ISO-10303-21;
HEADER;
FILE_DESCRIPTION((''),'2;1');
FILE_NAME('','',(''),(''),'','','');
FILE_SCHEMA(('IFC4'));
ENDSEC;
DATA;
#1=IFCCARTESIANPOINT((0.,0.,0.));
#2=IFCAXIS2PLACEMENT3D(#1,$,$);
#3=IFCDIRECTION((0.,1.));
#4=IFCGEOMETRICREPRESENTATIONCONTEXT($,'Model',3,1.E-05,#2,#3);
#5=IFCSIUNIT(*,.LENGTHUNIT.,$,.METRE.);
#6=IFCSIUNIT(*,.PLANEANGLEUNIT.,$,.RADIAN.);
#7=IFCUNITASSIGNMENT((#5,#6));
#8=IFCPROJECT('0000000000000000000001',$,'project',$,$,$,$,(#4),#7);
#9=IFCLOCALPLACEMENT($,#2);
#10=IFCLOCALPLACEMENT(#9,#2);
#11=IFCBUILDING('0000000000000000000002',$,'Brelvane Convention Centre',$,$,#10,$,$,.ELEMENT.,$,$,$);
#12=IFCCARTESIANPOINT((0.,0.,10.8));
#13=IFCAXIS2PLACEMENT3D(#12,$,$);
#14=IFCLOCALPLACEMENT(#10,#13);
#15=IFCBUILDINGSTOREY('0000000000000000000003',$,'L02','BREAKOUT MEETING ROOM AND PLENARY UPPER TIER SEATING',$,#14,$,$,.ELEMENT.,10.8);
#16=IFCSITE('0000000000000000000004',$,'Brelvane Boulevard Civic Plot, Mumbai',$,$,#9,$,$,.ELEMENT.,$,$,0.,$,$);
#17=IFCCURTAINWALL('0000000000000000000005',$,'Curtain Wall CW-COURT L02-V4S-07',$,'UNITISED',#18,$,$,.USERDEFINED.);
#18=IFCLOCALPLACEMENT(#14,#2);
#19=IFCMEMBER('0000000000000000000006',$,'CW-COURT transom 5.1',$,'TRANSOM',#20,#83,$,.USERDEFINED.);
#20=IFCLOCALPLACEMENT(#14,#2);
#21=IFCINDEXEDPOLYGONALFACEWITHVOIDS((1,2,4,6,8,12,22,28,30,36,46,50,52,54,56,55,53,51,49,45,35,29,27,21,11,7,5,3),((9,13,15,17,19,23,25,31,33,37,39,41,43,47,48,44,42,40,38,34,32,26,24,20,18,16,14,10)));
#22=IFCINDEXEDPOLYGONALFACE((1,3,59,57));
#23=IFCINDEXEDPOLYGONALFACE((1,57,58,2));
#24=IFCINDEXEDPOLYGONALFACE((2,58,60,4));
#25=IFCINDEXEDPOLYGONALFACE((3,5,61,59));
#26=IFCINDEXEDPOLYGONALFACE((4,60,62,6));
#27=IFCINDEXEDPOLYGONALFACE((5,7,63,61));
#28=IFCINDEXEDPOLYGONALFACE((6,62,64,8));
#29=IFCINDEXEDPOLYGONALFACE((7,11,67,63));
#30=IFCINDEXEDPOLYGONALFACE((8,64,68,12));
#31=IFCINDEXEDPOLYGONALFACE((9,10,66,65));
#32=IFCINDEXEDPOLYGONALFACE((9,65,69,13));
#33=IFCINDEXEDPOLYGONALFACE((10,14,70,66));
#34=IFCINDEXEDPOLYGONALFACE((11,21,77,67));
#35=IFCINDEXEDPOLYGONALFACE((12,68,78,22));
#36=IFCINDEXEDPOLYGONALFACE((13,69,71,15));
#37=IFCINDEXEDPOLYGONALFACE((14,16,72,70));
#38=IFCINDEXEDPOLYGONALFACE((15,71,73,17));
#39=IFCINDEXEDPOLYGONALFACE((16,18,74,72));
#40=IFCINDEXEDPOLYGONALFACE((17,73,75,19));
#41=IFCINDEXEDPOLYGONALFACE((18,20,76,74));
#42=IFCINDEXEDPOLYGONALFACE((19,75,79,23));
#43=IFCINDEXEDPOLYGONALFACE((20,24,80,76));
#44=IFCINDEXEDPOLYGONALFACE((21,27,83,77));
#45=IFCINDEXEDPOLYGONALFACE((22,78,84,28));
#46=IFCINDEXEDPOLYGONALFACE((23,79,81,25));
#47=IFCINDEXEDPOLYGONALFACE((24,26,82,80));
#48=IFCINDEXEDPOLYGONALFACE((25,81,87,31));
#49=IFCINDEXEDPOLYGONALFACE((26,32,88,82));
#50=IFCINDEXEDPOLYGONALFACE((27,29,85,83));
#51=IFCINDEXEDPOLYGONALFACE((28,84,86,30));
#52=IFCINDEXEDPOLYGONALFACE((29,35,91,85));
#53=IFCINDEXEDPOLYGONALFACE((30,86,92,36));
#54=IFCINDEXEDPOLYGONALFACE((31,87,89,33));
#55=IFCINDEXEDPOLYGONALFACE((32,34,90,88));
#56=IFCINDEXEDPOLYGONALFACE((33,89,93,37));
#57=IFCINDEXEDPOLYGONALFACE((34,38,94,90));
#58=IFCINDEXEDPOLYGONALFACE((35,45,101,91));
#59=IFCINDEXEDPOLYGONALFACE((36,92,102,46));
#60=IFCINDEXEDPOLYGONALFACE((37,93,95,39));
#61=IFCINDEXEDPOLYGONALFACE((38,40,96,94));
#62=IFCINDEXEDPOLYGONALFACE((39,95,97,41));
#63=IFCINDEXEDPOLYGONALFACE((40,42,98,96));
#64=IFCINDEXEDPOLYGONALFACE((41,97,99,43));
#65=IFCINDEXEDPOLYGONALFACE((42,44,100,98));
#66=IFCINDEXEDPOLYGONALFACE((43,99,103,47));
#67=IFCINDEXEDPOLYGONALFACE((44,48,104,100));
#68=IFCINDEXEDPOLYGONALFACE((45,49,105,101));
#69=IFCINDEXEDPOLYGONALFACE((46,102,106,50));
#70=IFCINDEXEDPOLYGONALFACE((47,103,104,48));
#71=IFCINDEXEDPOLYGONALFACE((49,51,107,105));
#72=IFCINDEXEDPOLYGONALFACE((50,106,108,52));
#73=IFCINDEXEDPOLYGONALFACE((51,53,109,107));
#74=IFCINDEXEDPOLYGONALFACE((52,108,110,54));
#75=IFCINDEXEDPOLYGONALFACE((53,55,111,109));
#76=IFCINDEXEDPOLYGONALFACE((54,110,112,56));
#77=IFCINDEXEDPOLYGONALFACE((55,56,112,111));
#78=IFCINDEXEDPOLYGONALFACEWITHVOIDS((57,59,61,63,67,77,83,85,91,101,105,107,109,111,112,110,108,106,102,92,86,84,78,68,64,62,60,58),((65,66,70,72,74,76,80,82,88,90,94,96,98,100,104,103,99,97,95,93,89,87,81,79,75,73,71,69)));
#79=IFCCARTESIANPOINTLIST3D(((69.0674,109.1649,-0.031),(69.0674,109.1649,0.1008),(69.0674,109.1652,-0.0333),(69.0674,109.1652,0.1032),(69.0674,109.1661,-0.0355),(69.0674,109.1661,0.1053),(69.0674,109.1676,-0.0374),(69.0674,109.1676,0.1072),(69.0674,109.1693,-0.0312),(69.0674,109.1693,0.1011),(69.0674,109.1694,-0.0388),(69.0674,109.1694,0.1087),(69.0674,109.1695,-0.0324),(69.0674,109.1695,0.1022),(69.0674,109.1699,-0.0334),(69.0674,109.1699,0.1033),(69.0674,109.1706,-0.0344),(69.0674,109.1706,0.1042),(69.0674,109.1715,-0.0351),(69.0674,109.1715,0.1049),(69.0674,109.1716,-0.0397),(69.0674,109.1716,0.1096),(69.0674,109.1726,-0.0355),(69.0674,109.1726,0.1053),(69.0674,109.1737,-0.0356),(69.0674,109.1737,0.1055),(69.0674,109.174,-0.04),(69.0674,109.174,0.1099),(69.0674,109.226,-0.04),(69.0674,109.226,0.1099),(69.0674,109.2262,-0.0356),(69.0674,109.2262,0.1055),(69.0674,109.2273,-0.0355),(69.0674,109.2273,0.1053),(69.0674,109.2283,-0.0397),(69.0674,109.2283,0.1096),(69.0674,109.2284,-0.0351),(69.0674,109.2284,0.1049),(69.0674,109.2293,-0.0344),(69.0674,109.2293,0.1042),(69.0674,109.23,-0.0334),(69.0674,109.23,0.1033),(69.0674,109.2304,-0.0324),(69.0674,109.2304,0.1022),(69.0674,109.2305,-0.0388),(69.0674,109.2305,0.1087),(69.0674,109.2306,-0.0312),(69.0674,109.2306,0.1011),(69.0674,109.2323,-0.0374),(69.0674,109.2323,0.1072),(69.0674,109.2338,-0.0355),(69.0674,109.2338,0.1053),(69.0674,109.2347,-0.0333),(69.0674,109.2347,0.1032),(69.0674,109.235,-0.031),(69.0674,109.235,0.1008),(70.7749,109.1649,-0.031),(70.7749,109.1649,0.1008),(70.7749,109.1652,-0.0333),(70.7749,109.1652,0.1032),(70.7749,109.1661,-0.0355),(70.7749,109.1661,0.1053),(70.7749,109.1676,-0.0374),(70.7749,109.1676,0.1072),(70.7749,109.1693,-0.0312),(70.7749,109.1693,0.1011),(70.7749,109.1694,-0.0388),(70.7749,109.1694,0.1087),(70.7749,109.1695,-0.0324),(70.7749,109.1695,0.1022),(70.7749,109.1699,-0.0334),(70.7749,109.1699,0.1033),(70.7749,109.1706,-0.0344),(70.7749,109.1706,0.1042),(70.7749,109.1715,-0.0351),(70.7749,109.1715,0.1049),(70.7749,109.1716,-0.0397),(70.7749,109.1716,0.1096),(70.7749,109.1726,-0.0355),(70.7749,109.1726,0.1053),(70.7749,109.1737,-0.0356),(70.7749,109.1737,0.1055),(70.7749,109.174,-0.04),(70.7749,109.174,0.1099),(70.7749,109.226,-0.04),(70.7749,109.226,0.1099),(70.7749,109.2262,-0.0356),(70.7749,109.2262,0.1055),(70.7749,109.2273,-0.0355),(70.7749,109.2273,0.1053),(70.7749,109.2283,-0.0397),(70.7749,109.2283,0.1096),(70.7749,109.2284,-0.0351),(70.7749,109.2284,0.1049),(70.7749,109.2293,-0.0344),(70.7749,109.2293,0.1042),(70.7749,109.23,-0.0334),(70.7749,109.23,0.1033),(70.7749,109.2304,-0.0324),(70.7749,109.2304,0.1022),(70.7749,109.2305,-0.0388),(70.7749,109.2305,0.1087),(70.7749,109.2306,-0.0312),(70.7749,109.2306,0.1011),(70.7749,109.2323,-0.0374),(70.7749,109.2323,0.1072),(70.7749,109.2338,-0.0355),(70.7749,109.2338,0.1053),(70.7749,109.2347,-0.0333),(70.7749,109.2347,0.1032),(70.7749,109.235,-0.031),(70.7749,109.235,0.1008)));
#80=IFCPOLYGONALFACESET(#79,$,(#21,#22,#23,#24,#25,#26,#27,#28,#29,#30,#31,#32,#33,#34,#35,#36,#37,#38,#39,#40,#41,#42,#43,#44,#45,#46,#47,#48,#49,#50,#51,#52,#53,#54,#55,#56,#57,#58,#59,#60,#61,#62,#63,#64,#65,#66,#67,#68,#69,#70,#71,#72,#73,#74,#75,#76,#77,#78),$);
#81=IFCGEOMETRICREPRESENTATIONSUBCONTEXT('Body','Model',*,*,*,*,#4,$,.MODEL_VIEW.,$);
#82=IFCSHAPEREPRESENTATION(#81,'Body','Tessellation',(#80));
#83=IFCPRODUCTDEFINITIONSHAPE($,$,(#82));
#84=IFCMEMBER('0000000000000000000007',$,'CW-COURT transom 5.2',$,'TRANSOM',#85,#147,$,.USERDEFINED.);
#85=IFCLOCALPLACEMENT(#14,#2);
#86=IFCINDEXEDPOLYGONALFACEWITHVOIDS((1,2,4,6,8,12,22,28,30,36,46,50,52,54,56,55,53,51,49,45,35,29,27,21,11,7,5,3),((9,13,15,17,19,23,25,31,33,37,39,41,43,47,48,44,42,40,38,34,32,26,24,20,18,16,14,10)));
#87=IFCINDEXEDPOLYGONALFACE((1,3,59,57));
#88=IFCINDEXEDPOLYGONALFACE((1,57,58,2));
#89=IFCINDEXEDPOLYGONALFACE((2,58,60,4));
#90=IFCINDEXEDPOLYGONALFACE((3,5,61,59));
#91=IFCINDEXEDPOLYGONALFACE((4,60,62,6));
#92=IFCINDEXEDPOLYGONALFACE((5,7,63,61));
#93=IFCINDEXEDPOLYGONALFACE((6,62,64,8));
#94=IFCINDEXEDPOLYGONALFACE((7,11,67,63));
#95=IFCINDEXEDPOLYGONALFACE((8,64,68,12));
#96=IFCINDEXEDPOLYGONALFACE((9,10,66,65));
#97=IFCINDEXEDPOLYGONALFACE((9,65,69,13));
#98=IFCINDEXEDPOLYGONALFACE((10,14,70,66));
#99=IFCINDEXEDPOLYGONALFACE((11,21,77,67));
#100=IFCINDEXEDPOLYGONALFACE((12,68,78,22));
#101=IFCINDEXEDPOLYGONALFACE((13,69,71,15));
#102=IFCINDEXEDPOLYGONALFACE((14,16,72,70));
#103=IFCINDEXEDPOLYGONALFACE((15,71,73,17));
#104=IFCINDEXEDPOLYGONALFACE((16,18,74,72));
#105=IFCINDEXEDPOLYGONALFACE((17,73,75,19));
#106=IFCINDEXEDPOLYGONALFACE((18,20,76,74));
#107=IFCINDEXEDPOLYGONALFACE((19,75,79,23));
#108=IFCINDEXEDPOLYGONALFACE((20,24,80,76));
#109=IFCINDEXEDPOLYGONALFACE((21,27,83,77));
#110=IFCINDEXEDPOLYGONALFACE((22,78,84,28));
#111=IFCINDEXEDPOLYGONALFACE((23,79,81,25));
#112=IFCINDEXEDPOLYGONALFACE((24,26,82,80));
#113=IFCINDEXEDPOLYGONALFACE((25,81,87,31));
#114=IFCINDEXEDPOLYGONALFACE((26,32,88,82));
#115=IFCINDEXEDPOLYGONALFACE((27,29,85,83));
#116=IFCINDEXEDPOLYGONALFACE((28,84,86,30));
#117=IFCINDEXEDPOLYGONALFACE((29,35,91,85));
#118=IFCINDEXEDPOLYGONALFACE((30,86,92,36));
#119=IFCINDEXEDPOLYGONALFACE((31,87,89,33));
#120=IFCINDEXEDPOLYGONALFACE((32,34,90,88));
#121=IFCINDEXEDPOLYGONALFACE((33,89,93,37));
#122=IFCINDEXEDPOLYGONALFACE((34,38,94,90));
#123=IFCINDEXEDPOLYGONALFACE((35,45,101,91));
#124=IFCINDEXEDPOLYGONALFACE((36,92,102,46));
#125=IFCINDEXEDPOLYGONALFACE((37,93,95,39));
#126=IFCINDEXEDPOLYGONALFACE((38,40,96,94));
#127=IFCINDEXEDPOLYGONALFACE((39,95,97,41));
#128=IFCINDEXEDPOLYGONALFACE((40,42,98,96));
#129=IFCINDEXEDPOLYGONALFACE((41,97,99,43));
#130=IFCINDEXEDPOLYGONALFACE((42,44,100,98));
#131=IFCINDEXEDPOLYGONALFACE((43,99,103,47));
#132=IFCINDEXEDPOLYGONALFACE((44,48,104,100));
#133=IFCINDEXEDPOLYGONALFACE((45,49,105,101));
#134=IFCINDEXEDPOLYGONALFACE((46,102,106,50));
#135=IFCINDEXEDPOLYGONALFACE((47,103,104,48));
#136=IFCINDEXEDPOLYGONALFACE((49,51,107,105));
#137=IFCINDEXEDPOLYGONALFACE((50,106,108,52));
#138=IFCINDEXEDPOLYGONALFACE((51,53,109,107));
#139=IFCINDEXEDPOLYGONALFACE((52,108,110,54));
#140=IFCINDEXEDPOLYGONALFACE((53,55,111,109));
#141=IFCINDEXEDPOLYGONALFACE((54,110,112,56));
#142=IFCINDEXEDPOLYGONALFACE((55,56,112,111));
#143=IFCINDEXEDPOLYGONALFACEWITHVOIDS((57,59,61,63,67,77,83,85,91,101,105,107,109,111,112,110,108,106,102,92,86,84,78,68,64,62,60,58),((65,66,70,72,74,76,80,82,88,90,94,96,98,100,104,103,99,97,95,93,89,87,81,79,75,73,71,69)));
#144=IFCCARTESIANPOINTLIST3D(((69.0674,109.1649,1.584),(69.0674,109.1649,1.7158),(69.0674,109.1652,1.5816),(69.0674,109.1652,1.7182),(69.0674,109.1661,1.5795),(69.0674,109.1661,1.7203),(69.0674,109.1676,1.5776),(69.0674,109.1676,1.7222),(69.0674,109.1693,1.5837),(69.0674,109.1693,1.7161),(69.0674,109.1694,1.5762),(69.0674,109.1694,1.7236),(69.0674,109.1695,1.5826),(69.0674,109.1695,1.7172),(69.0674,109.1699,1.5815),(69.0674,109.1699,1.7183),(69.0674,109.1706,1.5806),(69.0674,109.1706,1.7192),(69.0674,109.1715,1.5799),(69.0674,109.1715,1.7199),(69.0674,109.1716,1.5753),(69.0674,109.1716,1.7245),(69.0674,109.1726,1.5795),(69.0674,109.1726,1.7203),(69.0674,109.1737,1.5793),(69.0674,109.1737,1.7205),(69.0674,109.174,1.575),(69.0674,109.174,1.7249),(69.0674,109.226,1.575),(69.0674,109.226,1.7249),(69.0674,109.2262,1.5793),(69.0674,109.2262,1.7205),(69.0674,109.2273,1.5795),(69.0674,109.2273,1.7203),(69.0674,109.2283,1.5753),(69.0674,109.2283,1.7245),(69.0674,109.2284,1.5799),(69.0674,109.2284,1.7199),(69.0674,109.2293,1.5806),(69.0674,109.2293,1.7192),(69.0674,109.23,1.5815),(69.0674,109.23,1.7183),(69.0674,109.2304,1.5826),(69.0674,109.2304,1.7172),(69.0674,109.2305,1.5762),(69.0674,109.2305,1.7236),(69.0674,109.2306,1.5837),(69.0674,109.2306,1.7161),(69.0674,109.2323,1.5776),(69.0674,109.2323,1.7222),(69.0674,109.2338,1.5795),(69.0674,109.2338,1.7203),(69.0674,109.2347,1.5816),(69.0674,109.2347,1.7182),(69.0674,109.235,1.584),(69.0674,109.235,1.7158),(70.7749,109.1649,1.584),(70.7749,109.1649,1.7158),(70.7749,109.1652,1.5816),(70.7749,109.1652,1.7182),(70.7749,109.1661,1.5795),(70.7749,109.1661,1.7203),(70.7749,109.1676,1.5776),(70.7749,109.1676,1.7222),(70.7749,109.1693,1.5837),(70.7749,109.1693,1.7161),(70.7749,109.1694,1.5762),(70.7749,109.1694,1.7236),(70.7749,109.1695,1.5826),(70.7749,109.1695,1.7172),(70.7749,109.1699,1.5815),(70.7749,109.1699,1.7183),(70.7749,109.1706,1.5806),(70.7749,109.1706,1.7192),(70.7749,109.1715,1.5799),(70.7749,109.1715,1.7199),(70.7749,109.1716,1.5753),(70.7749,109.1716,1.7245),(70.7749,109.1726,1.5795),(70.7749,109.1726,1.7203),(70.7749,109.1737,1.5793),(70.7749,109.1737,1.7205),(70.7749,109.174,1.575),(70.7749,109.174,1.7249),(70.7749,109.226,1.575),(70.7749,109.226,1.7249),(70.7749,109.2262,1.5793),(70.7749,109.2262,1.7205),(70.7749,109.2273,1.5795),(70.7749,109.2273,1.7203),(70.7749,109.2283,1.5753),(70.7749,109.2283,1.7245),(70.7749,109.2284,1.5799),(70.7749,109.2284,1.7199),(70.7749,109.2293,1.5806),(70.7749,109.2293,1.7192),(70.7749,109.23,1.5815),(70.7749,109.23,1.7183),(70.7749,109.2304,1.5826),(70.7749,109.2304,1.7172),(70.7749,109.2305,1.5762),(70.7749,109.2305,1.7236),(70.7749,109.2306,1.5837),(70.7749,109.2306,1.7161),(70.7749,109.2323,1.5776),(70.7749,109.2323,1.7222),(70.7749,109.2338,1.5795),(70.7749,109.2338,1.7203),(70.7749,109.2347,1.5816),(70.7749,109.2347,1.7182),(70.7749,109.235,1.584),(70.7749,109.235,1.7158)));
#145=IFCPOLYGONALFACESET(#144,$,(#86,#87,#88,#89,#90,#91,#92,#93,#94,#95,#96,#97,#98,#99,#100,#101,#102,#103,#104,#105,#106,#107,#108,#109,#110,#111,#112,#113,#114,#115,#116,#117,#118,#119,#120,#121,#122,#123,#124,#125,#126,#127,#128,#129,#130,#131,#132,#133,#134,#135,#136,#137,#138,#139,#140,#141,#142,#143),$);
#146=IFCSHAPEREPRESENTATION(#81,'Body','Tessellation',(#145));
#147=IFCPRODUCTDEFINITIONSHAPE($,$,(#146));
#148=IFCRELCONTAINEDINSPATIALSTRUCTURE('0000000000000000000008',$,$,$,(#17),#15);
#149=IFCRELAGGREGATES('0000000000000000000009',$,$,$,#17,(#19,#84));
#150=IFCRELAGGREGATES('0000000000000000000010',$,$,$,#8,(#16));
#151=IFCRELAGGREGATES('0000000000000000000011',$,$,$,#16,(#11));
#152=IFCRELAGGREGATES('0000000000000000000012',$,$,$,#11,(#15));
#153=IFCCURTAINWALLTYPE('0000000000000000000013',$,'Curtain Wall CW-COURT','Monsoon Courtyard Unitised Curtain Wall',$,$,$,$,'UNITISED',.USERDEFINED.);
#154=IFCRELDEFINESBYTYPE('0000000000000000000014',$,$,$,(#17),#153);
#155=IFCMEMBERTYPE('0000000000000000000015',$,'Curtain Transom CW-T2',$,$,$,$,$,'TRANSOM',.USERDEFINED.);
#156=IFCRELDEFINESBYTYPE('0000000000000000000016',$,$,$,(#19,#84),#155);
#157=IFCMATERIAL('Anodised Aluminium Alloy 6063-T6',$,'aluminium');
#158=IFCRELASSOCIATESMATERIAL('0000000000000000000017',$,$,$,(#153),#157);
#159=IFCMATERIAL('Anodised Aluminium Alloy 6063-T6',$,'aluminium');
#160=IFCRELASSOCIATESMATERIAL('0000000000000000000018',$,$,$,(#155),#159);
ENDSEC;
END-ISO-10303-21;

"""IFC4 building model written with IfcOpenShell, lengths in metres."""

from ifc_helpers import new_model, si_unit, direction, frame, origin, origin_2d, place, context, subcontext, project, spatial, hollow_rectangle, extrude, material, material_profile, profile_set, type_object, element, aggregate, save


model = new_model("IFC4")

# Units and contexts
model_context = context("Model", 3, precision=1e-05, world=origin(), true_north=direction((0.0, 1.0)))
body_context = subcontext(model_context, "Body", "Model", "MODEL_VIEW")
ifc_project = project(units=[si_unit("LENGTHUNIT", "METRE"), si_unit("PLANEANGLEUNIT", "RADIAN")], contexts=[model_context])

# Site, building, storey
site_placement = place(None, origin())
site = spatial("IfcSite", under=ifc_project, at=site_placement, Name="Brelvane Boulevard Civic Plot, Mumbai", CompositionType="ELEMENT", RefElevation=0.0)
building_placement = place(site_placement, origin())
building = spatial("IfcBuilding", under=site, at=building_placement, Name="Brelvane Convention Centre", CompositionType="ELEMENT")
storey_placement = place(building_placement, frame((0.0, 0.0, 10.8)))
storey = spatial("IfcBuildingStorey", under=building, at=storey_placement, Name="L02", Description="BREAKOUT MEETING ROOM AND PLENARY UPPER TIER SEATING", CompositionType="ELEMENT", Elevation=10.8)

# Curtain wall, members
ifc_material_1 = material(Name="Anodised Aluminium Alloy 6063-T6", Category="aluminium")
curtain_wall_type = type_object("IfcCurtainWallType", Name="Curtain Wall CW-COURT", Description="Monsoon Courtyard Unitised Curtain Wall", ElementType="UNITISED", PredefinedType="USERDEFINED", material=ifc_material_1)
curtain_wall_placement = place(storey_placement, origin())
curtain_wall = element("IfcCurtainWall", 1, at=curtain_wall_placement, inside=storey, type_object=curtain_wall_type, Name="Curtain Wall CW-COURT L02-V4S-07", ObjectType="UNITISED", PredefinedType="USERDEFINED")
ifc_material_2 = material(Name="Anodised Aluminium Alloy 6063-T6", Category="aluminium")
ifc_material_profile_1 = material_profile(ifc_material_2, hollow_rectangle(XDim=0.0701, YDim=0.1499, WallThickness=0.0044, InnerFilletRadius=0.0044, OuterFilletRadius=0.009, at=origin_2d()), Name="ALU-T 150x70x4.5")
ifc_profile_set_1 = profile_set([ifc_material_profile_1], Name="Anodised Aluminium Alloy 6063-T6")
member_type_1 = type_object("IfcMemberType", Name="Curtain Transom CW-T2", ElementType="TRANSOM", PredefinedType="USERDEFINED", material=ifc_profile_set_1)
member_1_placement = place(storey_placement, frame((69.0674, 109.2, 0.0349), z_axis=(1.0, 0.0, 0.0), x_axis=(0.0, 1.0, 0.0)))
member_1 = element("IfcMember", 2, at=member_1_placement, type_object=member_type_1, Name="CW-COURT transom 5.1", ObjectType="TRANSOM", PredefinedType="USERDEFINED", context=body_context, shape_type="SweptSolid", body=[
    extrude(hollow_rectangle(XDim=0.0701, YDim=0.1499, WallThickness=0.0044, InnerFilletRadius=0.0044, OuterFilletRadius=0.009, at=origin_2d()), origin(), (0.0, 0.0, 1.0), 1.7075),
])
member_2_placement = place(storey_placement, frame((69.0674, 109.2, 1.6499), z_axis=(1.0, 0.0, 0.0), x_axis=(0.0, 1.0, 0.0)))
member_2 = element("IfcMember", 3, at=member_2_placement, type_object=member_type_1, Name="CW-COURT transom 5.2", ObjectType="TRANSOM", PredefinedType="USERDEFINED", context=body_context, shape_type="SweptSolid", body=[
    extrude(hollow_rectangle(XDim=0.0701, YDim=0.1499, WallThickness=0.0044, InnerFilletRadius=0.0044, OuterFilletRadius=0.009, at=origin_2d()), origin(), (0.0, 0.0, 1.0), 1.7075),
])

aggregate(curtain_wall, [member_1, member_2])

save(model, "model.ifc")
